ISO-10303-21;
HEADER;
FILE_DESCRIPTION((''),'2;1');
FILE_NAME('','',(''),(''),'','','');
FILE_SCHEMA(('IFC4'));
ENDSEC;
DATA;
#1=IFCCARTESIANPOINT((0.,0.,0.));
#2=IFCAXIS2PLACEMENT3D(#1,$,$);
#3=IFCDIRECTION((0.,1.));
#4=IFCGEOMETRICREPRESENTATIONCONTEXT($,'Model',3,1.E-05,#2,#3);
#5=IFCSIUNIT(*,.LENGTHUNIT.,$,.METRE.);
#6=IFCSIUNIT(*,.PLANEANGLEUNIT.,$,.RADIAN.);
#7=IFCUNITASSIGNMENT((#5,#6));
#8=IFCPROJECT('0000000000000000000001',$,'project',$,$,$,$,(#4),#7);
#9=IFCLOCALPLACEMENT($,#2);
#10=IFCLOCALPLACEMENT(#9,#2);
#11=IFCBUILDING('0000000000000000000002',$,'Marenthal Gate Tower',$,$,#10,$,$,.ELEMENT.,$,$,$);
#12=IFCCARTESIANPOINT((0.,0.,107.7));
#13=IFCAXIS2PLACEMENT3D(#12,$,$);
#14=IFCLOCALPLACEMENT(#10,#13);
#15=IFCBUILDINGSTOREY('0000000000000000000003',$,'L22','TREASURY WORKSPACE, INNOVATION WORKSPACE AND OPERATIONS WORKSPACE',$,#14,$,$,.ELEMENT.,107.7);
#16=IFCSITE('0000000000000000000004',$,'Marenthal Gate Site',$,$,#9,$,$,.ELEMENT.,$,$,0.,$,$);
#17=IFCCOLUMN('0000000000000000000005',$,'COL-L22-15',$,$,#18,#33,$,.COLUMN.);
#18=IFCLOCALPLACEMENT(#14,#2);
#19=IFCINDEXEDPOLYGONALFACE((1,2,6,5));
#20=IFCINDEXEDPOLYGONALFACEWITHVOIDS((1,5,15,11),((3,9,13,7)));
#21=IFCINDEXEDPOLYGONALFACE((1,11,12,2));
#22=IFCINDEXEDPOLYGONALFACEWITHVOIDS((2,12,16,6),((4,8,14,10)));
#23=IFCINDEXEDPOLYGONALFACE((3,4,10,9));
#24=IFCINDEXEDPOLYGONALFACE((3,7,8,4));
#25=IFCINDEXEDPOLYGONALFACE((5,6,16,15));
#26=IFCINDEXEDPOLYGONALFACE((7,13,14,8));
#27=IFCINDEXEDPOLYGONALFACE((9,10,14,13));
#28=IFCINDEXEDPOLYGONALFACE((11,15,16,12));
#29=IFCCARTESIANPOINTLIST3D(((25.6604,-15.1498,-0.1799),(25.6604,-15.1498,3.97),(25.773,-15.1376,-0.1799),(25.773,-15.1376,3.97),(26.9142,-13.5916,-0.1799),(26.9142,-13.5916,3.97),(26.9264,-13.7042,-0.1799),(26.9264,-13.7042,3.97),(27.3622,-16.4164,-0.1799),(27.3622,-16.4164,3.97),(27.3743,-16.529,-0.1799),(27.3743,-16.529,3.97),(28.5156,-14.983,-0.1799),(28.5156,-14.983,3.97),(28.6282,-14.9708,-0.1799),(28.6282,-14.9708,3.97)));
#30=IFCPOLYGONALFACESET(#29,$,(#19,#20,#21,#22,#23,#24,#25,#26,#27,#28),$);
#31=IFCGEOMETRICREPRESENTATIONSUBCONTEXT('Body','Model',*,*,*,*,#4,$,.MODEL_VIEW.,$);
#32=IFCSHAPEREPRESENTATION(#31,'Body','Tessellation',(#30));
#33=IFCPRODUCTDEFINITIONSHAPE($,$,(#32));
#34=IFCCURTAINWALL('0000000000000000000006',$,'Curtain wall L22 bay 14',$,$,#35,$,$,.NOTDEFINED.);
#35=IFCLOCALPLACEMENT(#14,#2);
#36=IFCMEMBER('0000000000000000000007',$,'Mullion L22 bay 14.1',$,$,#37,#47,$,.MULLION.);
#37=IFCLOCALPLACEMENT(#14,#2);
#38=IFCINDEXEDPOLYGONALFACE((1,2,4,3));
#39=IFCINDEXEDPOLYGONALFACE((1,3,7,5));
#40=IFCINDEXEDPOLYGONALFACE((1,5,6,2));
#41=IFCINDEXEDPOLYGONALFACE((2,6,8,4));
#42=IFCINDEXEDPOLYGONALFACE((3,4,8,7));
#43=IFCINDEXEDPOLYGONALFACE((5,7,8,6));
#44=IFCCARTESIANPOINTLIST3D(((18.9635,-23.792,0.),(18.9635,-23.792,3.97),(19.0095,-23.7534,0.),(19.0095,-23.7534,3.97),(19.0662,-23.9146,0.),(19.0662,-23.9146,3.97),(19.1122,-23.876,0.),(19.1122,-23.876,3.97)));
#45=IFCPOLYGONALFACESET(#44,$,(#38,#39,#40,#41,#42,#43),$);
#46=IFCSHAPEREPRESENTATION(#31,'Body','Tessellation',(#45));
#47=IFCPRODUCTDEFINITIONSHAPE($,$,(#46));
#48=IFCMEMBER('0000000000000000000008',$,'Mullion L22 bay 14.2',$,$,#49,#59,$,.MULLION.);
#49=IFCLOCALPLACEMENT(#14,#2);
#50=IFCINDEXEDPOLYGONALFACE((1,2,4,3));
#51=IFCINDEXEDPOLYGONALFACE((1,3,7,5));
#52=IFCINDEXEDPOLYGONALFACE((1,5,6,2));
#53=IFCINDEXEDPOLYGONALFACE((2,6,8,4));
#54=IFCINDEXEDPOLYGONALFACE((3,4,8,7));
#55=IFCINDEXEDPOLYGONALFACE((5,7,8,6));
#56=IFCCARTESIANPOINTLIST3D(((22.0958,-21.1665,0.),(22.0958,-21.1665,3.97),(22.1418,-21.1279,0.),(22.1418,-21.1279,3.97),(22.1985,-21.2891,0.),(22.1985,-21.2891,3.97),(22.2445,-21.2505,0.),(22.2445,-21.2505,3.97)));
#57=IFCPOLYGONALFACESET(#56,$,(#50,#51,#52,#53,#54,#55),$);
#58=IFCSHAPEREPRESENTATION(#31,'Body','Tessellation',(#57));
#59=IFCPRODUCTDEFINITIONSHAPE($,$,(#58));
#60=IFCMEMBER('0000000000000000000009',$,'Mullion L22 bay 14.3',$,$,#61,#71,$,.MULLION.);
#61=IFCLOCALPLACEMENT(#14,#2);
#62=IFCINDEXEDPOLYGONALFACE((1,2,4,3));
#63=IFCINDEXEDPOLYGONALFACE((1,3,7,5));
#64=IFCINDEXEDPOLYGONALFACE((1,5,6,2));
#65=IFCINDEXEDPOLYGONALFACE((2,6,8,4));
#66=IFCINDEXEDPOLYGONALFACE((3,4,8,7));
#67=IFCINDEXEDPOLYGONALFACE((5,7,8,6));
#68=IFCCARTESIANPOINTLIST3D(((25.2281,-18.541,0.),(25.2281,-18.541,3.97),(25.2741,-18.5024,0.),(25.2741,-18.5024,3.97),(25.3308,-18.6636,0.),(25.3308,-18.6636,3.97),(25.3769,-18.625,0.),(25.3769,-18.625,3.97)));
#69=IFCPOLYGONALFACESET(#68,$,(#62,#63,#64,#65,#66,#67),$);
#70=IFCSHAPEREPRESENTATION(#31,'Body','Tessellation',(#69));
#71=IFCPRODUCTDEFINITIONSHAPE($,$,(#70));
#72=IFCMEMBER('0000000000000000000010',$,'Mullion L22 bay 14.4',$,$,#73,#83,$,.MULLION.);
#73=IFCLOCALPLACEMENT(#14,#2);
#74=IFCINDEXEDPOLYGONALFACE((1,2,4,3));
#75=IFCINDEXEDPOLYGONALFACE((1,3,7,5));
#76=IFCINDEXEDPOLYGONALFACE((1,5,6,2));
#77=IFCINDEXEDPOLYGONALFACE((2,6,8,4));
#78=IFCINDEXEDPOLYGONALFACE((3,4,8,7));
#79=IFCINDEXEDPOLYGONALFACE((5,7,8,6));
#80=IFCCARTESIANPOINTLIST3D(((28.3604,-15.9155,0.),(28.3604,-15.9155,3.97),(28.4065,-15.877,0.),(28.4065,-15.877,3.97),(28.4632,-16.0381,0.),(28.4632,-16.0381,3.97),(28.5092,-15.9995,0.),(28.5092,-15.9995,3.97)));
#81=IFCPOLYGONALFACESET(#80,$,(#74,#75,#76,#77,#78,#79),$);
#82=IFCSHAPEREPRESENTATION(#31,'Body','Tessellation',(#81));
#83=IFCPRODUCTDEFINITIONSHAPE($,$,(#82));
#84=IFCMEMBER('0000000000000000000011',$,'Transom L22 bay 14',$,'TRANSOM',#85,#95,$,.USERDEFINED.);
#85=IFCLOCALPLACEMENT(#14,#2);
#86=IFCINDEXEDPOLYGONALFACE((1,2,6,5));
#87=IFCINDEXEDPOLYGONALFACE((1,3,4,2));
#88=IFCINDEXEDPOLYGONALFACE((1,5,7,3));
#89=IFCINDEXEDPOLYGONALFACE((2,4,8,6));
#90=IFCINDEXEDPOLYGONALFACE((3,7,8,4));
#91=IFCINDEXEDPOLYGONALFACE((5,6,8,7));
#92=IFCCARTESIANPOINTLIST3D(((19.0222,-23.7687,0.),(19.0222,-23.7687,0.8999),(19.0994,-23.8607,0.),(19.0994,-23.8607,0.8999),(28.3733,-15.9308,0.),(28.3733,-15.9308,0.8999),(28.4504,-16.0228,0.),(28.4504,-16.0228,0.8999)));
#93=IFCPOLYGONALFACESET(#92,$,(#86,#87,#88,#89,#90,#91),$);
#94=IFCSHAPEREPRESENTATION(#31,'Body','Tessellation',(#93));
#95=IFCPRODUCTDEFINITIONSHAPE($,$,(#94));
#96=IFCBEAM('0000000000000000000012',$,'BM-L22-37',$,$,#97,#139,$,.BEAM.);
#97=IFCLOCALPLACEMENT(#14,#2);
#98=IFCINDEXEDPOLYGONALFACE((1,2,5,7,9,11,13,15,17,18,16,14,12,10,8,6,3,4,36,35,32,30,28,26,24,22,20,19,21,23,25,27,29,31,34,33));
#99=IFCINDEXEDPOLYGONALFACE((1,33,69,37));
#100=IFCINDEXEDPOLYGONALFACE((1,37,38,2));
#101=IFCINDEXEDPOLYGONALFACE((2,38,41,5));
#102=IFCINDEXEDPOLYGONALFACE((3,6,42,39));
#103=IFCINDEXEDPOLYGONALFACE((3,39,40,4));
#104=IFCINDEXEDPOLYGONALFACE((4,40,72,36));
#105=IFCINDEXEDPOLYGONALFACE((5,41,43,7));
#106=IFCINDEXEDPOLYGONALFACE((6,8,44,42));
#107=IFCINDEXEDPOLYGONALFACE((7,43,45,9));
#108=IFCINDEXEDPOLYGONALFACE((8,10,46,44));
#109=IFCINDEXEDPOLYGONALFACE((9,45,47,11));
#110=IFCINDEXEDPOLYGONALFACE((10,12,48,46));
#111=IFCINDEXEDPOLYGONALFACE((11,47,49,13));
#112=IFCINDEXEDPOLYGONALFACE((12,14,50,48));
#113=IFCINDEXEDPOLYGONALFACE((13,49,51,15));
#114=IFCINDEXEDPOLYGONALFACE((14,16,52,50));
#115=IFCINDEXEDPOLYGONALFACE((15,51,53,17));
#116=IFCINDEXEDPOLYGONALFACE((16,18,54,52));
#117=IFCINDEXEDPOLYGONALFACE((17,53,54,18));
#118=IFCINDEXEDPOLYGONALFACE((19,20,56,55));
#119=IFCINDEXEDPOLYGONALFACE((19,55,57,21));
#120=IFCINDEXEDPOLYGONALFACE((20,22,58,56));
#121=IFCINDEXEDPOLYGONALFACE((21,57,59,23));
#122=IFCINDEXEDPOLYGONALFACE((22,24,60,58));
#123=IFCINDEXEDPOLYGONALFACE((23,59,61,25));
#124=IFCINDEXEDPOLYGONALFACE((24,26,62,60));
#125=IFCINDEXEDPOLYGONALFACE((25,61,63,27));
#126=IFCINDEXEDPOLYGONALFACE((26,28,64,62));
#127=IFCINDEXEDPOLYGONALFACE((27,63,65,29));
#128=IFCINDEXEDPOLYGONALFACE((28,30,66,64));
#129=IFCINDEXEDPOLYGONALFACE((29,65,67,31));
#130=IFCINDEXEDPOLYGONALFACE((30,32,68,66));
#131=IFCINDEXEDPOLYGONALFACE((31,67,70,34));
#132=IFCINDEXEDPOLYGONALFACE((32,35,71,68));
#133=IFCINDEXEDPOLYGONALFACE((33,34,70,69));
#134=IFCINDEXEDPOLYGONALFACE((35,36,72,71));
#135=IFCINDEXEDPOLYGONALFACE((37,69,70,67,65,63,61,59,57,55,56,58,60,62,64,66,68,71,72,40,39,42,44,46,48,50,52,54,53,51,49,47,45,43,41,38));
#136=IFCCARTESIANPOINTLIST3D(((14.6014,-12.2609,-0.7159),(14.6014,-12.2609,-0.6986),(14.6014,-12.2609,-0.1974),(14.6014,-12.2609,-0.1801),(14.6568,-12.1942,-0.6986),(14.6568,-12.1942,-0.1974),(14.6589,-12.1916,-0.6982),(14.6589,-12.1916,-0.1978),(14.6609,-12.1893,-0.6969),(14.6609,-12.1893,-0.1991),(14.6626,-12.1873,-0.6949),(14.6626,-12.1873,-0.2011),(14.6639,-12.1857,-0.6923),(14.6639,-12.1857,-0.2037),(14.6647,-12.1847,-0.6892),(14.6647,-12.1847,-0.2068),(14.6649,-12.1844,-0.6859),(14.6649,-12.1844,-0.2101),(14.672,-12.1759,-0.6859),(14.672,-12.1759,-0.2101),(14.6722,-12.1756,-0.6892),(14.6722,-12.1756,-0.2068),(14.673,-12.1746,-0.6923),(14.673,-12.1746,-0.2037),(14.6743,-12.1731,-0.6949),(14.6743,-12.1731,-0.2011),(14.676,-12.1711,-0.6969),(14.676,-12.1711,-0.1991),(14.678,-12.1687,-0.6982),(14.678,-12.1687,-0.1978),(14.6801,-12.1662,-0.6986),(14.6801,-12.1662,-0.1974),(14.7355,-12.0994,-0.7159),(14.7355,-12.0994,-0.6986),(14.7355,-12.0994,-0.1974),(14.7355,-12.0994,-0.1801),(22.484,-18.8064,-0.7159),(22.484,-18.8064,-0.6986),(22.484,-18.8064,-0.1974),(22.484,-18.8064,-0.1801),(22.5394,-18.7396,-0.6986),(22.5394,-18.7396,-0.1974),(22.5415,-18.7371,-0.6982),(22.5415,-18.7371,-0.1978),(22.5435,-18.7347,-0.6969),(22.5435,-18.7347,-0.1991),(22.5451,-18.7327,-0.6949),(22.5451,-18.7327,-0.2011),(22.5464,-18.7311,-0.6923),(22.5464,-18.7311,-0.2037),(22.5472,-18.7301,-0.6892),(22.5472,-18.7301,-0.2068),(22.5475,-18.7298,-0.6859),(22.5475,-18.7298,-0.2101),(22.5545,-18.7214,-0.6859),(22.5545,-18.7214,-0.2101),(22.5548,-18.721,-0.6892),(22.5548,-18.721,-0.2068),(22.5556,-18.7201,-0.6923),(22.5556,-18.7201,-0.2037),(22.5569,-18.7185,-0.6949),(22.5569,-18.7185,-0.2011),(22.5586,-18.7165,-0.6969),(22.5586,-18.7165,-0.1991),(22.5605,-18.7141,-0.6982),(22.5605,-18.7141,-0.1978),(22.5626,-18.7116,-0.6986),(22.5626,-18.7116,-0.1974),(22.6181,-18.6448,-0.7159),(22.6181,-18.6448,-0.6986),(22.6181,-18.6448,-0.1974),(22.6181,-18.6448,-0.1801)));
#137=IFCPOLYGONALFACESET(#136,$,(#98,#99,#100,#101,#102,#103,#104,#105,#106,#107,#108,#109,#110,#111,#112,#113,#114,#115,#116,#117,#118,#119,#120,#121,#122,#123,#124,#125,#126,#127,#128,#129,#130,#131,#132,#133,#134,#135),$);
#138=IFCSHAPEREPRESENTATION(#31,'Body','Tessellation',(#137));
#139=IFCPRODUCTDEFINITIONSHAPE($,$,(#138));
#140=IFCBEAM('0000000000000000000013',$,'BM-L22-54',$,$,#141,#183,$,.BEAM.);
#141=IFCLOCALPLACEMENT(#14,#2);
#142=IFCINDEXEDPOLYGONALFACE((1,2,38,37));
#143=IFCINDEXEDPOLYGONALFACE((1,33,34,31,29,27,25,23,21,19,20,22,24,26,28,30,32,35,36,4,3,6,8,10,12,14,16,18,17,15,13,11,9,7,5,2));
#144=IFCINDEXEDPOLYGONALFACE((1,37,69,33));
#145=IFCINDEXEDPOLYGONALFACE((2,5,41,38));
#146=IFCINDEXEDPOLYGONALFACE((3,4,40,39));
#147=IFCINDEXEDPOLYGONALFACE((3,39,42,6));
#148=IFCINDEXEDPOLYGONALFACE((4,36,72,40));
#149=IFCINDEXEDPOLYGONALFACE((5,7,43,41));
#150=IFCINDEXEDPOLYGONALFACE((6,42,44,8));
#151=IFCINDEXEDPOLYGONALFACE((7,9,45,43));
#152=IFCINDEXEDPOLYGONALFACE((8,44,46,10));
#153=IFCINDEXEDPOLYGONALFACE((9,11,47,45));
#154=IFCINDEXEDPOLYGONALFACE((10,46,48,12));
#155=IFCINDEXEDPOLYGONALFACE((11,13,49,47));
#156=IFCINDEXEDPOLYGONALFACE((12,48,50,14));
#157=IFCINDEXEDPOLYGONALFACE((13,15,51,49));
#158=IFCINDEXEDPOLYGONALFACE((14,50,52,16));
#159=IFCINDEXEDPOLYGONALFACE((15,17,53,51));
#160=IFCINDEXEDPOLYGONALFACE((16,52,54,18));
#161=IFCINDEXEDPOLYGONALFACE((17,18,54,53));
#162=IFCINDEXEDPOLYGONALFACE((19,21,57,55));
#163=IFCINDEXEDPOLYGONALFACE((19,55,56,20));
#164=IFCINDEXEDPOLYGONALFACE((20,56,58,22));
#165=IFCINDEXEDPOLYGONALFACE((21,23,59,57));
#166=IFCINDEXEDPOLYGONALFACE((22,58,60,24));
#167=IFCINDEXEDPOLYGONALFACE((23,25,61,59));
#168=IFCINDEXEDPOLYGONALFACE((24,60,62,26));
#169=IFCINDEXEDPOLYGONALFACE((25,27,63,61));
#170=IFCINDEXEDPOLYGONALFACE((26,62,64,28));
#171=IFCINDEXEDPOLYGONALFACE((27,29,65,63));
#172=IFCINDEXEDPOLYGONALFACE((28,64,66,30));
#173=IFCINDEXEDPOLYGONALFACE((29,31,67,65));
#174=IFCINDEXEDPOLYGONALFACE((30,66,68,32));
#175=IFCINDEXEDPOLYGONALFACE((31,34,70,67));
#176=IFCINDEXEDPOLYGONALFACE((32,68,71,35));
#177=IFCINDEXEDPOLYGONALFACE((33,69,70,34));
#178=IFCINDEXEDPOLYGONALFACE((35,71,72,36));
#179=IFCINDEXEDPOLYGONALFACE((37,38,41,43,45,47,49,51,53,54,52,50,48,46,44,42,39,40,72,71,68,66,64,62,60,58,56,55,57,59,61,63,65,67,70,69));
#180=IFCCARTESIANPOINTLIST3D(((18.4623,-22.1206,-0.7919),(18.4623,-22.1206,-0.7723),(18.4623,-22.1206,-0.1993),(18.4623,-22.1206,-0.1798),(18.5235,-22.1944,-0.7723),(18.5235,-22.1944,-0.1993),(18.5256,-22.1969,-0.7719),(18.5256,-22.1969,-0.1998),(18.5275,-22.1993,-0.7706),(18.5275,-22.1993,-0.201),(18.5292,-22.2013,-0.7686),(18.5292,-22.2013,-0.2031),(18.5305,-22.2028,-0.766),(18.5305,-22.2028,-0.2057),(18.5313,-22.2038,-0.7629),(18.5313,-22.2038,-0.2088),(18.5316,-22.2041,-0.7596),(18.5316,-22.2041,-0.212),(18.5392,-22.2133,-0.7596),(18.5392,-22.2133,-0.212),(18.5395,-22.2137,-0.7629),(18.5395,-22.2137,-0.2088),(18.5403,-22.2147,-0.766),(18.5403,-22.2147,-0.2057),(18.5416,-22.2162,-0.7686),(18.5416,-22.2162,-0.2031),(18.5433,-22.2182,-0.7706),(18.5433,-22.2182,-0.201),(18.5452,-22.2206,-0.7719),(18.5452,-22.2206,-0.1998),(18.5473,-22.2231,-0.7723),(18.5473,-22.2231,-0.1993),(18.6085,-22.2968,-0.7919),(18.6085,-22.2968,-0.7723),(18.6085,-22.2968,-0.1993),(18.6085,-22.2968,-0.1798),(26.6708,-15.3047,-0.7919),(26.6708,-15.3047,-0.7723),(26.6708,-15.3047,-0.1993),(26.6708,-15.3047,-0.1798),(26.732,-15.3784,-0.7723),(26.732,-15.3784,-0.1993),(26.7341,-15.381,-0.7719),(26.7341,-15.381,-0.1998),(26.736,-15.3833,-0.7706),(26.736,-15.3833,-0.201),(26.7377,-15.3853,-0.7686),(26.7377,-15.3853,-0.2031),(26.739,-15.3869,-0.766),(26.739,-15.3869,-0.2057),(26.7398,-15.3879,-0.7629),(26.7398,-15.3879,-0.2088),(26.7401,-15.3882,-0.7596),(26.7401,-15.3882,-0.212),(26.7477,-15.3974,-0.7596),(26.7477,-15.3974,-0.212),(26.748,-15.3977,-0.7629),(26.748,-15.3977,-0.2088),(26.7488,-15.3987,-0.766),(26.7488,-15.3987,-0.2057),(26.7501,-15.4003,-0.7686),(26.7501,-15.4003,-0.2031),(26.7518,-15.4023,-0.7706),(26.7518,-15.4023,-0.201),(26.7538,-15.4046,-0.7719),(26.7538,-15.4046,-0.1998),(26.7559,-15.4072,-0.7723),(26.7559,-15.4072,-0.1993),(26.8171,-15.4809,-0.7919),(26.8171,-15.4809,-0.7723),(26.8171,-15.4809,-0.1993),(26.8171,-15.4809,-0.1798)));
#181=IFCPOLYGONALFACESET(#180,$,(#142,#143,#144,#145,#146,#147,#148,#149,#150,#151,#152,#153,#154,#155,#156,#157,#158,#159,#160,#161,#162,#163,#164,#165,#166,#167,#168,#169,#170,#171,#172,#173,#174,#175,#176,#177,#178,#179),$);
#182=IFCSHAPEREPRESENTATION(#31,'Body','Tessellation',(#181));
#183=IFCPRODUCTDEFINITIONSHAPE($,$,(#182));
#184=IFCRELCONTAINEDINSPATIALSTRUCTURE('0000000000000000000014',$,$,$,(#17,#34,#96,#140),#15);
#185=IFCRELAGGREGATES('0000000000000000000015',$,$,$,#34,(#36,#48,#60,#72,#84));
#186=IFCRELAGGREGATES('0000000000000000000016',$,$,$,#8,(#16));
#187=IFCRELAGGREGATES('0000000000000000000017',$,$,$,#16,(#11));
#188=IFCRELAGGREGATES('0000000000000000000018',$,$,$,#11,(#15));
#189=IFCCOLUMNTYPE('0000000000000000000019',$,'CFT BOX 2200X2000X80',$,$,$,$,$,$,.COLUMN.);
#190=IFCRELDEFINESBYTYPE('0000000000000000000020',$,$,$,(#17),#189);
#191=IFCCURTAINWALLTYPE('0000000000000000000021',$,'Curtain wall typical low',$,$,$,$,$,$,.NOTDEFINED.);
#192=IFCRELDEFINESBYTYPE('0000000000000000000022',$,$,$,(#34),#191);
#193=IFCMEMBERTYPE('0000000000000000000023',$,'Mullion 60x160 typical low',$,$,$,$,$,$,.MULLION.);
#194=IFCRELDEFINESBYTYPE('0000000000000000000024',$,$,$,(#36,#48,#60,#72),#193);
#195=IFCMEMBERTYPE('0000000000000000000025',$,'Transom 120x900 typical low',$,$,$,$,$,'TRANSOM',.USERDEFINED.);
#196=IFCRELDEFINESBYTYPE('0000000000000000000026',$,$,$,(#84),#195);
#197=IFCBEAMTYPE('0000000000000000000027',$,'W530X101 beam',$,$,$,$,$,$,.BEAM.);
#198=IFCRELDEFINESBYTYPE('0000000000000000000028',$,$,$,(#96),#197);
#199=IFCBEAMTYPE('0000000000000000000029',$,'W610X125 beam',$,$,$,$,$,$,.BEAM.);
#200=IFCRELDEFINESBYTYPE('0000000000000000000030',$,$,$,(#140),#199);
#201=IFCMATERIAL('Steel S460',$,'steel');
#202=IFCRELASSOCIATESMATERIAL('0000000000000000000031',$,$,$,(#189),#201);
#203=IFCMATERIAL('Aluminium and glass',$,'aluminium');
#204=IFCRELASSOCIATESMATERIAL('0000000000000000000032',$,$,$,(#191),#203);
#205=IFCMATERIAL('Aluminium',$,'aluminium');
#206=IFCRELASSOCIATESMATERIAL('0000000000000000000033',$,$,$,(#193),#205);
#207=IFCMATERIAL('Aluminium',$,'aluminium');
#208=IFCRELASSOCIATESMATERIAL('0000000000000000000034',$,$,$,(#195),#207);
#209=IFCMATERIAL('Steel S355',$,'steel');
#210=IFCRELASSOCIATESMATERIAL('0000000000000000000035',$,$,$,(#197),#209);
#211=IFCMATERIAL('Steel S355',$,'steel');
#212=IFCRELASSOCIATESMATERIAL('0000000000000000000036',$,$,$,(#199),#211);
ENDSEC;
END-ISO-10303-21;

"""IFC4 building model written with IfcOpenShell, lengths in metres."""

from ifc_helpers import new_model, si_unit, direction, frame, origin, origin_2d, place, context, subcontext, project, spatial, rectangle, hollow_rectangle, i_section, extrude, material, material_profile, profile_set, type_object, element, aggregate, save


model = new_model("IFC4")

# Units and contexts
model_context = context("Model", 3, precision=1e-05, world=origin(), true_north=direction((0.0, 1.0)))
body_context = subcontext(model_context, "Body", "Model", "MODEL_VIEW")
ifc_project = project(units=[si_unit("LENGTHUNIT", "METRE"), si_unit("PLANEANGLEUNIT", "RADIAN")], contexts=[model_context])

# Site, building, storey
site_placement = place(None, origin())
site = spatial("IfcSite", under=ifc_project, at=site_placement, Name="Marenthal Gate Site", CompositionType="ELEMENT", RefElevation=0.0)
building_placement = place(site_placement, origin())
building = spatial("IfcBuilding", under=site, at=building_placement, Name="Marenthal Gate Tower", CompositionType="ELEMENT")
storey_placement = place(building_placement, frame((0.0, 0.0, 107.7)))
storey = spatial("IfcBuildingStorey", under=building, at=storey_placement, Name="L22", Description="TREASURY WORKSPACE, INNOVATION WORKSPACE AND OPERATIONS WORKSPACE", CompositionType="ELEMENT", Elevation=107.7)

# Column
ifc_material_1 = material(Name="Steel S460", Category="steel")
ifc_material_profile_1 = material_profile(ifc_material_1, hollow_rectangle(XDim=2.0, YDim=2.2, WallThickness=0.0801, at=origin_2d()), Name="CFT BOX 2200X2000X80")
ifc_material_2 = material(Name="Concrete 70 MPa", Category="concrete")
ifc_material_profile_2 = material_profile(ifc_material_2, rectangle(XDim=1.8401, YDim=2.04, at=origin_2d()), Name="CFT BOX 2200X2000X80 INFILL")
ifc_profile_set_1 = profile_set([ifc_material_profile_1, ifc_material_profile_2], Name="Steel S460 shell, Concrete 70 MPa infill")
column_type = type_object("IfcColumnType", Name="CFT BOX 2200X2000X80", PredefinedType="COLUMN", material=ifc_profile_set_1)
column_placement = place(storey_placement, frame((27.1443, -15.0603, -0.1799), z_axis=(0.0, 0.0, 1.0), x_axis=(-0.626918, -0.779085, 0.0)))
element("IfcColumn", 1, at=column_placement, inside=storey, type_object=column_type, Name="COL-L22-15", PredefinedType="COLUMN", context=body_context, shape_type="SweptSolid", body=[
    extrude(hollow_rectangle(XDim=2.0, YDim=2.2, WallThickness=0.0801, at=origin_2d()), origin(), (0.0, 0.0, 1.0), 4.1499),
])

# Curtain wall, members
ifc_material_3 = material(Name="Aluminium and glass", Category="aluminium")
curtain_wall_type = type_object("IfcCurtainWallType", Name="Curtain wall typical low", PredefinedType="NOTDEFINED", material=ifc_material_3)
curtain_wall_placement = place(storey_placement, origin())
curtain_wall = element("IfcCurtainWall", 2, at=curtain_wall_placement, inside=storey, type_object=curtain_wall_type, Name="Curtain wall L22 bay 14", PredefinedType="NOTDEFINED")
ifc_material_4 = material(Name="Aluminium", Category="aluminium")
ifc_material_profile_3 = material_profile(ifc_material_4, rectangle(XDim=0.1599, YDim=0.0601, at=origin_2d()), Name="60x160 aluminium mullion")
ifc_profile_set_2 = profile_set([ifc_material_profile_3], Name="Aluminium")
member_type_1 = type_object("IfcMemberType", Name="Mullion 60x160 typical low", PredefinedType="MULLION", material=ifc_profile_set_2)
member_1_placement = place(storey_placement, frame((19.0378, -23.834, 0.0), z_axis=(0.0, 0.0, 1.0), x_axis=(-0.642377, 0.766389, 0.0)))
member_1 = element("IfcMember", 3, at=member_1_placement, type_object=member_type_1, Name="Mullion L22 bay 14.1", PredefinedType="MULLION", context=body_context, shape_type="SweptSolid", body=[
    extrude(rectangle(XDim=0.1599, YDim=0.0601, at=origin_2d()), origin(), (0.0, 0.0, 1.0), 3.97),
])
member_2_placement = place(storey_placement, frame((22.1702, -21.2085, 0.0), z_axis=(0.0, 0.0, 1.0), x_axis=(-0.642377, 0.766389, 0.0)))
member_2 = element("IfcMember", 4, at=member_2_placement, type_object=member_type_1, Name="Mullion L22 bay 14.2", PredefinedType="MULLION", context=body_context, shape_type="SweptSolid", body=[
    extrude(rectangle(XDim=0.1599, YDim=0.0601, at=origin_2d()), origin(), (0.0, 0.0, 1.0), 3.97),
])
member_3_placement = place(storey_placement, frame((25.3025, -18.583, 0.0), z_axis=(0.0, 0.0, 1.0), x_axis=(-0.642377, 0.766389, 0.0)))
member_3 = element("IfcMember", 5, at=member_3_placement, type_object=member_type_1, Name="Mullion L22 bay 14.3", PredefinedType="MULLION", context=body_context, shape_type="SweptSolid", body=[
    extrude(rectangle(XDim=0.1599, YDim=0.0601, at=origin_2d()), origin(), (0.0, 0.0, 1.0), 3.97),
])
member_4_placement = place(storey_placement, frame((28.4348, -15.9575, 0.0), z_axis=(0.0, 0.0, 1.0), x_axis=(-0.642377, 0.766389, 0.0)))
member_4 = element("IfcMember", 6, at=member_4_placement, type_object=member_type_1, Name="Mullion L22 bay 14.4", PredefinedType="MULLION", context=body_context, shape_type="SweptSolid", body=[
    extrude(rectangle(XDim=0.1599, YDim=0.0601, at=origin_2d()), origin(), (0.0, 0.0, 1.0), 3.97),
])
ifc_material_5 = material(Name="Aluminium", Category="aluminium")
ifc_material_profile_4 = material_profile(ifc_material_5, rectangle(XDim=0.1201, YDim=0.8999, at=origin_2d()), Name="120x900 aluminium transom")
ifc_profile_set_3 = profile_set([ifc_material_profile_4], Name="Aluminium")
member_type_2 = type_object("IfcMemberType", Name="Transom 120x900 typical low", ElementType="TRANSOM", PredefinedType="USERDEFINED", material=ifc_profile_set_3)
member_5_placement = place(storey_placement, frame((19.0608, -23.8147, 0.45), z_axis=(0.766391, 0.642374, 0.0), x_axis=(-0.642374, 0.766391, 0.0)))
member_5 = element("IfcMember", 7, at=member_5_placement, type_object=member_type_2, Name="Transom L22 bay 14", ObjectType="TRANSOM", PredefinedType="USERDEFINED", context=body_context, shape_type="SweptSolid", body=[
    extrude(rectangle(XDim=0.1201, YDim=0.8999, at=origin_2d()), origin(), (0.0, 0.0, 1.0), 12.2014),
])

# Beams
ifc_material_6 = material(Name="Steel S355", Category="steel")
ifc_material_profile_5 = material_profile(ifc_material_6, i_section(OverallWidth=0.21, OverallDepth=0.5359, WebThickness=0.011, FlangeThickness=0.0173, FilletRadius=0.0127, at=origin_2d()), Name="W530X101")
ifc_profile_set_4 = profile_set([ifc_material_profile_5], Name="Steel S355")
beam_type_1 = type_object("IfcBeamType", Name="W530X101 beam", PredefinedType="BEAM", material=ifc_profile_set_4)
beam_1_placement = place(storey_placement, frame((22.551, -18.7256, -0.448), z_axis=(-0.769343, 0.638836, 0.0), x_axis=(-0.638836, -0.769343, 0.0)))
element("IfcBeam", 8, at=beam_1_placement, inside=storey, type_object=beam_type_1, Name="BM-L22-37", PredefinedType="BEAM", context=body_context, shape_type="SweptSolid", body=[
    extrude(i_section(OverallWidth=0.21, OverallDepth=0.5359, WebThickness=0.011, FlangeThickness=0.0173, FilletRadius=0.0127, at=origin_2d()), origin(), (0.0, 0.0, 1.0), 10.2458),
])
ifc_material_7 = material(Name="Steel S355", Category="steel")
ifc_material_profile_6 = material_profile(ifc_material_7, i_section(OverallWidth=0.229, OverallDepth=0.6121, WebThickness=0.012, FlangeThickness=0.0195, FilletRadius=0.0127, at=origin_2d()), Name="W610X125")
ifc_profile_set_5 = profile_set([ifc_material_profile_6], Name="Steel S355")
beam_type_2 = type_object("IfcBeamType", Name="W610X125 beam", PredefinedType="BEAM", material=ifc_profile_set_5)
beam_2_placement = place(storey_placement, frame((18.5354, -22.2087, -0.4858), z_axis=(0.769349, 0.638828, 0.0), x_axis=(-0.638828, 0.769349, 0.0)))
element("IfcBeam", 9, at=beam_2_placement, inside=storey, type_object=beam_type_2, Name="BM-L22-54", PredefinedType="BEAM", context=body_context, shape_type="SweptSolid", body=[
    extrude(i_section(OverallWidth=0.229, OverallDepth=0.6121, WebThickness=0.012, FlangeThickness=0.0195, FilletRadius=0.0127, at=origin_2d()), origin(), (0.0, 0.0, 1.0), 10.6694),
])

aggregate(curtain_wall, [member_1, member_2, member_3, member_4, member_5])

save(model, "model.ifc")
